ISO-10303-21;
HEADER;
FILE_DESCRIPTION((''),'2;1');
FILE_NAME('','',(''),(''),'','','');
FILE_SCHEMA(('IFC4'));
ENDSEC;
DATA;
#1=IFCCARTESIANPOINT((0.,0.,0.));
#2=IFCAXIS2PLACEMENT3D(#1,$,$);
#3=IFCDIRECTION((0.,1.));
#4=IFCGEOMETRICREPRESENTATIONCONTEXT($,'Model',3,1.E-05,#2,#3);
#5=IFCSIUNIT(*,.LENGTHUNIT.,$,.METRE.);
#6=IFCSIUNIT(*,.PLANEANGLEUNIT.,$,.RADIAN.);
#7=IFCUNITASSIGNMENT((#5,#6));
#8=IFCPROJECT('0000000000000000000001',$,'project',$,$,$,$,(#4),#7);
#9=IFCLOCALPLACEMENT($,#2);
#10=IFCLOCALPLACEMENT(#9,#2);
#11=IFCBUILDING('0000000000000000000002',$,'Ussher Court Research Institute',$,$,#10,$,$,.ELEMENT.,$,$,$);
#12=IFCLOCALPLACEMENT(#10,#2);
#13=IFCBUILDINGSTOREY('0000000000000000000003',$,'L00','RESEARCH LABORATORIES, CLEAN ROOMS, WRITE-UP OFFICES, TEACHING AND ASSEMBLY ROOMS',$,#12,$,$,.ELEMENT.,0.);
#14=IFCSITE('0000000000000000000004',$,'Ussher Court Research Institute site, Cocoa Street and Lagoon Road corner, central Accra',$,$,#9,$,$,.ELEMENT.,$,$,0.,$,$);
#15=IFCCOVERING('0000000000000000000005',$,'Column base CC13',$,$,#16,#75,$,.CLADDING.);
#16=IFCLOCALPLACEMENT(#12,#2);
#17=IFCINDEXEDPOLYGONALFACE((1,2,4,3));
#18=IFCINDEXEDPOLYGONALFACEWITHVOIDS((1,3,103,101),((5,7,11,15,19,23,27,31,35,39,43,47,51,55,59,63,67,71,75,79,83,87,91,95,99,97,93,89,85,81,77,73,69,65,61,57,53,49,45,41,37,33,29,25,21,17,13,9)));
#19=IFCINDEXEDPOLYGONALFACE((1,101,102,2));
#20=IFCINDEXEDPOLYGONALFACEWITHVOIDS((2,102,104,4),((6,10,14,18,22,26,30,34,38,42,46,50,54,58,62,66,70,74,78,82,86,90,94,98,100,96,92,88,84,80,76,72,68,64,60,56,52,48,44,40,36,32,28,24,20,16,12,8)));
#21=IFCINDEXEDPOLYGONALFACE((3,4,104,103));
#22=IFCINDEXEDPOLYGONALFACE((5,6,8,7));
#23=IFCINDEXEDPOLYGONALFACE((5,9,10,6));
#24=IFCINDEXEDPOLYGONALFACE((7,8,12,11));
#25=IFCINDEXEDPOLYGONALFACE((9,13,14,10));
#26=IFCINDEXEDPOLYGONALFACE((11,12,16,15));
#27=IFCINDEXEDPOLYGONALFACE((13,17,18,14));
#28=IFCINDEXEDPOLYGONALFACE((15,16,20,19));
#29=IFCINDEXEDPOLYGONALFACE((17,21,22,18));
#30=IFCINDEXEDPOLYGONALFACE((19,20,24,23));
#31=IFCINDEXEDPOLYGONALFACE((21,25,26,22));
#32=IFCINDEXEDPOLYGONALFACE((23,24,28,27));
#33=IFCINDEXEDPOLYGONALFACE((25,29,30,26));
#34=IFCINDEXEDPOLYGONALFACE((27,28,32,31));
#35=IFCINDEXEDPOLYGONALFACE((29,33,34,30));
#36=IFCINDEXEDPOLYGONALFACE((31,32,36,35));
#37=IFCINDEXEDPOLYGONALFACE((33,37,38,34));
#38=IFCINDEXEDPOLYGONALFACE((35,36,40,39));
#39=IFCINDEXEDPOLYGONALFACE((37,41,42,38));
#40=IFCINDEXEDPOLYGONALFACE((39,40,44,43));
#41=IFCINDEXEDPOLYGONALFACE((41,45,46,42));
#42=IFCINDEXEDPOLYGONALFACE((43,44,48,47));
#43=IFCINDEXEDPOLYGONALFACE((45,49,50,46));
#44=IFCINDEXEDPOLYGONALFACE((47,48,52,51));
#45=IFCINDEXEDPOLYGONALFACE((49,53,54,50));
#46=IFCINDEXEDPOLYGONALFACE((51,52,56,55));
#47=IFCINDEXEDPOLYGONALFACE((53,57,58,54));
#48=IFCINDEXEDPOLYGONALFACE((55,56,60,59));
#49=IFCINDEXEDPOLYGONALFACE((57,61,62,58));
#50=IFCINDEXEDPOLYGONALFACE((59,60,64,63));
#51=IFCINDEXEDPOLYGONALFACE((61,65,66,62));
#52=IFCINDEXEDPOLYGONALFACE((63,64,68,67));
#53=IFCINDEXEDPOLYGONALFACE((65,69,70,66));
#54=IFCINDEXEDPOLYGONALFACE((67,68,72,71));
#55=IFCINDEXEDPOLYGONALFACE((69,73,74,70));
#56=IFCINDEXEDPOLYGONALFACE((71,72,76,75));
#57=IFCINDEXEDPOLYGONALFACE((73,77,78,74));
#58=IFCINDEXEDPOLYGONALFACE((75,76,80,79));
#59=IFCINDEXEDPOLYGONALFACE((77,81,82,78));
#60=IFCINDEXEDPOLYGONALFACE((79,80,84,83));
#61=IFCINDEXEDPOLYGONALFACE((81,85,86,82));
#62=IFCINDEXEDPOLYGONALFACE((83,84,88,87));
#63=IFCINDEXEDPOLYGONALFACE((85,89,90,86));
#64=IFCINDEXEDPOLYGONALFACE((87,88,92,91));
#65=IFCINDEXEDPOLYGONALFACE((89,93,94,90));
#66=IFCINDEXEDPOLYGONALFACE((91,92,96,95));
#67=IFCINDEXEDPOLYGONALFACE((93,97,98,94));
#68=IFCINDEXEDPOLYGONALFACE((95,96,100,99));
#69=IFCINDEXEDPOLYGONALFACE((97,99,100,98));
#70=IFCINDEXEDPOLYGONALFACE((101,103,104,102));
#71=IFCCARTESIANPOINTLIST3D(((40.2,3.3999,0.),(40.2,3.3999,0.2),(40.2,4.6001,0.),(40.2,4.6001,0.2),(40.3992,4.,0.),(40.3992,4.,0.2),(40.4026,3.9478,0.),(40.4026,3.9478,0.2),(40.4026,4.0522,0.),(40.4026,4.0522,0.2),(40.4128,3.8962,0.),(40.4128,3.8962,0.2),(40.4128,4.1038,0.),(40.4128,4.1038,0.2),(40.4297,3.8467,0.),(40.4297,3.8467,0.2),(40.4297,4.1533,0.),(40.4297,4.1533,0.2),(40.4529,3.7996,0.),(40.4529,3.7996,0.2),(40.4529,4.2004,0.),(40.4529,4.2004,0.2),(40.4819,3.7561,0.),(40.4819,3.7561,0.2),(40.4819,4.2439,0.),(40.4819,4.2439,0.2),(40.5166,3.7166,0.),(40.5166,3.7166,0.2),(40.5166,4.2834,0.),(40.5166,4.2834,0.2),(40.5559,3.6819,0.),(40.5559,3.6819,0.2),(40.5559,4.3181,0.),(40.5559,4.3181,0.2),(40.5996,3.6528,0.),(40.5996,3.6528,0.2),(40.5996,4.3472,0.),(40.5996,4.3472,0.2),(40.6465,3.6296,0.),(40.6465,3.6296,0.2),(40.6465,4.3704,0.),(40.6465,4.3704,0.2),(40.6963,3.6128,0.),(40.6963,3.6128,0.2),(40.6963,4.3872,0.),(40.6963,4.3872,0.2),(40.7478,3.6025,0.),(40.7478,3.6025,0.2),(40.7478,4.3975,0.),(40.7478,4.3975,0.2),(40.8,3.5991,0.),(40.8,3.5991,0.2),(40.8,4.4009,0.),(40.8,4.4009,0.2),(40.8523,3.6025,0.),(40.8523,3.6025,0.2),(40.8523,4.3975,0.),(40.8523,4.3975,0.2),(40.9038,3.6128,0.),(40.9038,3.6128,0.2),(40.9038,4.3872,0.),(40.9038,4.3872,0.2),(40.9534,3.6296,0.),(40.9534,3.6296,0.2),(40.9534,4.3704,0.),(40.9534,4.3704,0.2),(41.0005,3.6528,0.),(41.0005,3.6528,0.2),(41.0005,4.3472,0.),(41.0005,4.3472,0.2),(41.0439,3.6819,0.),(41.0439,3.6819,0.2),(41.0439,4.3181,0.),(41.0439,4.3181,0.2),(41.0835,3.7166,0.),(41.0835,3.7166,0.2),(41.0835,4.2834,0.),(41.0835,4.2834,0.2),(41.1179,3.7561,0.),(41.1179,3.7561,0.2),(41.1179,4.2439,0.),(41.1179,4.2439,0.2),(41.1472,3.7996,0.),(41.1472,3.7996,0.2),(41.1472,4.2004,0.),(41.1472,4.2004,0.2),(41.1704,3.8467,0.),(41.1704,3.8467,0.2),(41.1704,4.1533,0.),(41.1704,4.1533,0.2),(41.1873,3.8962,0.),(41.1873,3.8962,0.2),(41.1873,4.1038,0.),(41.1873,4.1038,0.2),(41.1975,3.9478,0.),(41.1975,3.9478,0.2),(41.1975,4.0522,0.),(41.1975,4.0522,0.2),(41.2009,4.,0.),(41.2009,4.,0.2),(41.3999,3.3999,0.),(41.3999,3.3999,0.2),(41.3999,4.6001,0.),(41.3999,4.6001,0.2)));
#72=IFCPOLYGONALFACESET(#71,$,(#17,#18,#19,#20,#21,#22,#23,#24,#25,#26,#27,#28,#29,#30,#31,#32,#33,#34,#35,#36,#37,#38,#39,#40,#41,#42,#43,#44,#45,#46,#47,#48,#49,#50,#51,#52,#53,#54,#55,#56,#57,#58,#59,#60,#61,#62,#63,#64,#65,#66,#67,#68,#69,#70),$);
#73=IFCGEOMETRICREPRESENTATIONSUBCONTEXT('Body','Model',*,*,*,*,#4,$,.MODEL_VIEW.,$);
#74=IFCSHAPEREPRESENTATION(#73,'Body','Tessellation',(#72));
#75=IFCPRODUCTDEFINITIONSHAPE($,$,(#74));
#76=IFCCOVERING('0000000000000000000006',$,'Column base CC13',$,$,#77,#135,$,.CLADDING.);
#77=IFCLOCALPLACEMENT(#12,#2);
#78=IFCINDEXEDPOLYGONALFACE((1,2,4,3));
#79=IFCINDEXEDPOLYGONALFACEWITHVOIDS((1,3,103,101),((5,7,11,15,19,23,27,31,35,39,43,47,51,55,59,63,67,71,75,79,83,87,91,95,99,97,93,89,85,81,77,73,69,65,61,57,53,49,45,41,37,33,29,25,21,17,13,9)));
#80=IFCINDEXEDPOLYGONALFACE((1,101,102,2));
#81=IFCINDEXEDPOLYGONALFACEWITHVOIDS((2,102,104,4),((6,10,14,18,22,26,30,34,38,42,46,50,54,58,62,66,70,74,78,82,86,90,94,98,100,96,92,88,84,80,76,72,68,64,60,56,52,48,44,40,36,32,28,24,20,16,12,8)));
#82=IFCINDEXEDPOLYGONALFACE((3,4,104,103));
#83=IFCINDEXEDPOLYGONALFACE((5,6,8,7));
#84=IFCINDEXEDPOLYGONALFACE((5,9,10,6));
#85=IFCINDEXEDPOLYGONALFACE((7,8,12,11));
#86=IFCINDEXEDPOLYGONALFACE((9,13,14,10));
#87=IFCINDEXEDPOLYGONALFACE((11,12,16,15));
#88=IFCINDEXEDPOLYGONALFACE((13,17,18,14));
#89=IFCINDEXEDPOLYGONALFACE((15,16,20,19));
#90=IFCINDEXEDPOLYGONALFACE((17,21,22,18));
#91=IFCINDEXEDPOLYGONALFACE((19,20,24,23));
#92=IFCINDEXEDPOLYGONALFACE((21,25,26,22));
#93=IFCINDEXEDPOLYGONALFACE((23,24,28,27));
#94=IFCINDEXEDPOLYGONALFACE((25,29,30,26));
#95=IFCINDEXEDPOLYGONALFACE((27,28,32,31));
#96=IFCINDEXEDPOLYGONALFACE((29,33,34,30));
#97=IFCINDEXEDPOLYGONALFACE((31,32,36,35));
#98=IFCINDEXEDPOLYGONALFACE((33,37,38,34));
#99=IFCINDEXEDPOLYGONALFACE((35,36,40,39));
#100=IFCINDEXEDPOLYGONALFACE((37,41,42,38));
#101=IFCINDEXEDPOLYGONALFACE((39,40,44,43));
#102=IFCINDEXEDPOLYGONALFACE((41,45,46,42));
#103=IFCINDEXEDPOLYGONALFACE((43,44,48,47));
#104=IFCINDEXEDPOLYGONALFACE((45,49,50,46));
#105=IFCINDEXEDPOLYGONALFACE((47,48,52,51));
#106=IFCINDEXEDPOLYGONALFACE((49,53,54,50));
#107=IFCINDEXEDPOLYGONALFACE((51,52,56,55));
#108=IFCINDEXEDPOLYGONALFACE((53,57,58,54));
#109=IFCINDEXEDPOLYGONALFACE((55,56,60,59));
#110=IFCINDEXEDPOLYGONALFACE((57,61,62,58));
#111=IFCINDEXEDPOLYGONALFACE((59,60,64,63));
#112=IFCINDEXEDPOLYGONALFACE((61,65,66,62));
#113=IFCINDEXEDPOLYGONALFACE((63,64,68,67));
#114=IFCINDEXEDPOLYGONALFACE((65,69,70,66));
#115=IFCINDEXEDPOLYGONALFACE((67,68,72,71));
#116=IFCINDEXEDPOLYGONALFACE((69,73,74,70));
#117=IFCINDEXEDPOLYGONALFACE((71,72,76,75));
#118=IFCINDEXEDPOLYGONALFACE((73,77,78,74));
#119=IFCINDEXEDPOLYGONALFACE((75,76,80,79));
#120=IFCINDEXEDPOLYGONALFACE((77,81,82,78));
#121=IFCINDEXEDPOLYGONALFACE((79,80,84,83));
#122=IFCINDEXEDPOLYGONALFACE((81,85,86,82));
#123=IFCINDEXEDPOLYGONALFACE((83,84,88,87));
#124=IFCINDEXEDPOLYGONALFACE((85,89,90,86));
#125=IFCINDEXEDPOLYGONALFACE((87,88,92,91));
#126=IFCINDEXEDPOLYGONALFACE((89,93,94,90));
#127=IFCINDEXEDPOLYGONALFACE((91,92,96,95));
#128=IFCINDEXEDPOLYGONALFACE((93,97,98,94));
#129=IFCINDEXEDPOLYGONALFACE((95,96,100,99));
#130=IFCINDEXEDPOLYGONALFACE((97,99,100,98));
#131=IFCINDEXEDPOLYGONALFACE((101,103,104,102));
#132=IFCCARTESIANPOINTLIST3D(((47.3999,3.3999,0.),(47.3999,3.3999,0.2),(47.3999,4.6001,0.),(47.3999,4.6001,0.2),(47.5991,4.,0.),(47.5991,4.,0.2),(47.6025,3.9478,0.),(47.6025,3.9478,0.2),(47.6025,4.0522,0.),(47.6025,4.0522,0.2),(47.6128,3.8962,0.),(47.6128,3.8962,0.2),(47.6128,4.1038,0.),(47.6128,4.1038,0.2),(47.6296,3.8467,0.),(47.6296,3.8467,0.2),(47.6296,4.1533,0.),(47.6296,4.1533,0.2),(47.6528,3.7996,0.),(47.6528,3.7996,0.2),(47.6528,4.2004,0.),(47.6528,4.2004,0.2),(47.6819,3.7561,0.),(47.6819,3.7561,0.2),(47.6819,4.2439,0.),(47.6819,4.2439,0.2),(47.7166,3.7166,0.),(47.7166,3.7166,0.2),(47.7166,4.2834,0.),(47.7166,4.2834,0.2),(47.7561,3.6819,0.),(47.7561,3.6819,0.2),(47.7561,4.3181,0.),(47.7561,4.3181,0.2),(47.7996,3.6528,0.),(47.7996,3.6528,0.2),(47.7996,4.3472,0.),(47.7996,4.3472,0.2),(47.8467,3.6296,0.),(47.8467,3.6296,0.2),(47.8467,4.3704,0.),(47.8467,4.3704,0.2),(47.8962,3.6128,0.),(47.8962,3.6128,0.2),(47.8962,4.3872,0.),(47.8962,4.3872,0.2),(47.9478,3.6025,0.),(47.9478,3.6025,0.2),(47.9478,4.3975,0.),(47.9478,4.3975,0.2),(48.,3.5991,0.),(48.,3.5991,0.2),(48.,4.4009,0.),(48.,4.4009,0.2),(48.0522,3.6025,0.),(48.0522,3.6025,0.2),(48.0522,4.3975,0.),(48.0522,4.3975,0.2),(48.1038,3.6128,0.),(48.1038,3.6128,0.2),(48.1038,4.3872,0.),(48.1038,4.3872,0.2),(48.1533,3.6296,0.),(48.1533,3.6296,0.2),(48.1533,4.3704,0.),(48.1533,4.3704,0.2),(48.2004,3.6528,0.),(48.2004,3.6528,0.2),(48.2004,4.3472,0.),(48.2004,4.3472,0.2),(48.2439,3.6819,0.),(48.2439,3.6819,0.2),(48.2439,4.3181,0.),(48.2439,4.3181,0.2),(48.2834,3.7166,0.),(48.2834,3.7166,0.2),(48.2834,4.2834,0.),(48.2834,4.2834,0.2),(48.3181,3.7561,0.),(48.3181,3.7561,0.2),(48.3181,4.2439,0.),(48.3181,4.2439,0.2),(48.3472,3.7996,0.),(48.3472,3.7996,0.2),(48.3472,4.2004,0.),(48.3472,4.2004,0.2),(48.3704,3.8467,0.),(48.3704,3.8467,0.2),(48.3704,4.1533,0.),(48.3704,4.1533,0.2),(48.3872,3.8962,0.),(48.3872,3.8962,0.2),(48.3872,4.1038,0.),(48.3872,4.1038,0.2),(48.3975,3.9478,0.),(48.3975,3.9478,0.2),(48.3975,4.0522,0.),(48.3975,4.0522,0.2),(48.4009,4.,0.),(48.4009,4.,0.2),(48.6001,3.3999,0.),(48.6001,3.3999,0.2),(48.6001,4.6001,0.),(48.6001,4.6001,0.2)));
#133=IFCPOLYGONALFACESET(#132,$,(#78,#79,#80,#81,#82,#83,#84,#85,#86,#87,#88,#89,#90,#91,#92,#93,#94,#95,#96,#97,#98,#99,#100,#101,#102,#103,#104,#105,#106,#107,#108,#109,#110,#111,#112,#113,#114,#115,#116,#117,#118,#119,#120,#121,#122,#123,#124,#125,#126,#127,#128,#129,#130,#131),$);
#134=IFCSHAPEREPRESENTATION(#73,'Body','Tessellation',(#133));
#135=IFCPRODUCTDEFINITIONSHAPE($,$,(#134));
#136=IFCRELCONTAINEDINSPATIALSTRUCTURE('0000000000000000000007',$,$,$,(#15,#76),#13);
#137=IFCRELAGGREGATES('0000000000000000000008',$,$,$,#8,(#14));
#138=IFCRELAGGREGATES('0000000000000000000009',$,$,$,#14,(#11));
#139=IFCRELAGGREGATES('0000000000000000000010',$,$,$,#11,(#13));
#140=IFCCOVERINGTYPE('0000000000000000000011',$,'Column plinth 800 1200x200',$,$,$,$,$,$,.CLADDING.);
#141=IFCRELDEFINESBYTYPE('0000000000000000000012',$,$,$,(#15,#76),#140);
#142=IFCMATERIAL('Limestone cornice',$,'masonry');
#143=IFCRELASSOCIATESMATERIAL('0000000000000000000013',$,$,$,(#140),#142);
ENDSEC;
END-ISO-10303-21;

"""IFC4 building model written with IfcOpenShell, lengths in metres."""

from ifc_helpers import new_model, si_unit, direction, origin, place, context, subcontext, project, spatial, polyline, outline, extrude, material, type_object, element, save


model = new_model("IFC4")

# Units and contexts
model_context = context("Model", 3, precision=1e-05, world=origin(), true_north=direction((0.0, 1.0)))
body_context = subcontext(model_context, "Body", "Model", "MODEL_VIEW")
ifc_project = project(units=[si_unit("LENGTHUNIT", "METRE"), si_unit("PLANEANGLEUNIT", "RADIAN")], contexts=[model_context])

# Site, building, storey
site_placement = place(None, origin())
site = spatial("IfcSite", under=ifc_project, at=site_placement, Name="Ussher Court Research Institute site, Cocoa Street and Lagoon Road corner, central Accra", CompositionType="ELEMENT", RefElevation=0.0)
building_placement = place(site_placement, origin())
building = spatial("IfcBuilding", under=site, at=building_placement, Name="Ussher Court Research Institute", CompositionType="ELEMENT")
storey_placement = place(building_placement, origin())
storey = spatial("IfcBuildingStorey", under=building, at=storey_placement, Name="L00", Description="RESEARCH LABORATORIES, CLEAN ROOMS, WRITE-UP OFFICES, TEACHING AND ASSEMBLY ROOMS", CompositionType="ELEMENT", Elevation=0.0)

# Coverings
ifc_material_1 = material(Name="Limestone cornice", Category="masonry")
covering_type_1 = type_object("IfcCoveringType", Name="Column plinth 800 1200x200", PredefinedType="CLADDING", material=ifc_material_1)
covering_1_placement = place(storey_placement, origin())
element("IfcCovering", 1, at=covering_1_placement, inside=storey, type_object=covering_type_1, Name="Column base CC13", PredefinedType="CLADDING", context=body_context, shape_type="SweptSolid", body=[
    extrude(outline(polyline([(41.3999, 3.3999), (41.3999, 4.6001), (40.2, 4.6001), (40.2, 3.3999), (41.3999, 3.3999)]), holes=[polyline([(41.2009, 4.0), (41.1975, 4.0522), (41.1873, 4.1038), (41.1704, 4.1533), (41.1472, 4.2004), (41.1179, 4.2439), (41.0835, 4.2834), (41.0439, 4.3181), (41.0005, 4.3472), (40.9534, 4.3704), (40.9038, 4.3872), (40.8523, 4.3975), (40.8, 4.4009), (40.7478, 4.3975), (40.6963, 4.3872), (40.6465, 4.3704), (40.5996, 4.3472), (40.5559, 4.3181), (40.5166, 4.2834), (40.4819, 4.2439), (40.4529, 4.2004), (40.4297, 4.1533), (40.4128, 4.1038), (40.4026, 4.0522), (40.3992, 4.0), (40.4026, 3.9478), (40.4128, 3.8962), (40.4297, 3.8467), (40.4529, 3.7996), (40.4819, 3.7561), (40.5166, 3.7166), (40.5559, 3.6819), (40.5996, 3.6528), (40.6465, 3.6296), (40.6963, 3.6128), (40.7478, 3.6025), (40.8, 3.5991), (40.8523, 3.6025), (40.9038, 3.6128), (40.9534, 3.6296), (41.0005, 3.6528), (41.0439, 3.6819), (41.0835, 3.7166), (41.1179, 3.7561), (41.1472, 3.7996), (41.1704, 3.8467), (41.1873, 3.8962), (41.1975, 3.9478), (41.2009, 4.0)])]), origin(), (0.0, 0.0, 1.0), 0.2),
])
covering_2_placement = place(storey_placement, origin())
element("IfcCovering", 2, at=covering_2_placement, inside=storey, type_object=covering_type_1, Name="Column base CC13", PredefinedType="CLADDING", context=body_context, shape_type="SweptSolid", body=[
    extrude(outline(polyline([(48.6001, 3.3999), (48.6001, 4.6001), (47.3999, 4.6001), (47.3999, 3.3999), (48.6001, 3.3999)]), holes=[polyline([(48.4009, 4.0), (48.3975, 4.0522), (48.3872, 4.1038), (48.3704, 4.1533), (48.3472, 4.2004), (48.3181, 4.2439), (48.2834, 4.2834), (48.2439, 4.3181), (48.2004, 4.3472), (48.1533, 4.3704), (48.1038, 4.3872), (48.0522, 4.3975), (48.0, 4.4009), (47.9478, 4.3975), (47.8962, 4.3872), (47.8467, 4.3704), (47.7996, 4.3472), (47.7561, 4.3181), (47.7166, 4.2834), (47.6819, 4.2439), (47.6528, 4.2004), (47.6296, 4.1533), (47.6128, 4.1038), (47.6025, 4.0522), (47.5991, 4.0), (47.6025, 3.9478), (47.6128, 3.8962), (47.6296, 3.8467), (47.6528, 3.7996), (47.6819, 3.7561), (47.7166, 3.7166), (47.7561, 3.6819), (47.7996, 3.6528), (47.8467, 3.6296), (47.8962, 3.6128), (47.9478, 3.6025), (48.0, 3.5991), (48.0522, 3.6025), (48.1038, 3.6128), (48.1533, 3.6296), (48.2004, 3.6528), (48.2439, 3.6819), (48.2834, 3.7166), (48.3181, 3.7561), (48.3472, 3.7996), (48.3704, 3.8467), (48.3872, 3.8962), (48.3975, 3.9478), (48.4009, 4.0)])]), origin(), (0.0, 0.0, 1.0), 0.2),
])

save(model, "model.ifc")
